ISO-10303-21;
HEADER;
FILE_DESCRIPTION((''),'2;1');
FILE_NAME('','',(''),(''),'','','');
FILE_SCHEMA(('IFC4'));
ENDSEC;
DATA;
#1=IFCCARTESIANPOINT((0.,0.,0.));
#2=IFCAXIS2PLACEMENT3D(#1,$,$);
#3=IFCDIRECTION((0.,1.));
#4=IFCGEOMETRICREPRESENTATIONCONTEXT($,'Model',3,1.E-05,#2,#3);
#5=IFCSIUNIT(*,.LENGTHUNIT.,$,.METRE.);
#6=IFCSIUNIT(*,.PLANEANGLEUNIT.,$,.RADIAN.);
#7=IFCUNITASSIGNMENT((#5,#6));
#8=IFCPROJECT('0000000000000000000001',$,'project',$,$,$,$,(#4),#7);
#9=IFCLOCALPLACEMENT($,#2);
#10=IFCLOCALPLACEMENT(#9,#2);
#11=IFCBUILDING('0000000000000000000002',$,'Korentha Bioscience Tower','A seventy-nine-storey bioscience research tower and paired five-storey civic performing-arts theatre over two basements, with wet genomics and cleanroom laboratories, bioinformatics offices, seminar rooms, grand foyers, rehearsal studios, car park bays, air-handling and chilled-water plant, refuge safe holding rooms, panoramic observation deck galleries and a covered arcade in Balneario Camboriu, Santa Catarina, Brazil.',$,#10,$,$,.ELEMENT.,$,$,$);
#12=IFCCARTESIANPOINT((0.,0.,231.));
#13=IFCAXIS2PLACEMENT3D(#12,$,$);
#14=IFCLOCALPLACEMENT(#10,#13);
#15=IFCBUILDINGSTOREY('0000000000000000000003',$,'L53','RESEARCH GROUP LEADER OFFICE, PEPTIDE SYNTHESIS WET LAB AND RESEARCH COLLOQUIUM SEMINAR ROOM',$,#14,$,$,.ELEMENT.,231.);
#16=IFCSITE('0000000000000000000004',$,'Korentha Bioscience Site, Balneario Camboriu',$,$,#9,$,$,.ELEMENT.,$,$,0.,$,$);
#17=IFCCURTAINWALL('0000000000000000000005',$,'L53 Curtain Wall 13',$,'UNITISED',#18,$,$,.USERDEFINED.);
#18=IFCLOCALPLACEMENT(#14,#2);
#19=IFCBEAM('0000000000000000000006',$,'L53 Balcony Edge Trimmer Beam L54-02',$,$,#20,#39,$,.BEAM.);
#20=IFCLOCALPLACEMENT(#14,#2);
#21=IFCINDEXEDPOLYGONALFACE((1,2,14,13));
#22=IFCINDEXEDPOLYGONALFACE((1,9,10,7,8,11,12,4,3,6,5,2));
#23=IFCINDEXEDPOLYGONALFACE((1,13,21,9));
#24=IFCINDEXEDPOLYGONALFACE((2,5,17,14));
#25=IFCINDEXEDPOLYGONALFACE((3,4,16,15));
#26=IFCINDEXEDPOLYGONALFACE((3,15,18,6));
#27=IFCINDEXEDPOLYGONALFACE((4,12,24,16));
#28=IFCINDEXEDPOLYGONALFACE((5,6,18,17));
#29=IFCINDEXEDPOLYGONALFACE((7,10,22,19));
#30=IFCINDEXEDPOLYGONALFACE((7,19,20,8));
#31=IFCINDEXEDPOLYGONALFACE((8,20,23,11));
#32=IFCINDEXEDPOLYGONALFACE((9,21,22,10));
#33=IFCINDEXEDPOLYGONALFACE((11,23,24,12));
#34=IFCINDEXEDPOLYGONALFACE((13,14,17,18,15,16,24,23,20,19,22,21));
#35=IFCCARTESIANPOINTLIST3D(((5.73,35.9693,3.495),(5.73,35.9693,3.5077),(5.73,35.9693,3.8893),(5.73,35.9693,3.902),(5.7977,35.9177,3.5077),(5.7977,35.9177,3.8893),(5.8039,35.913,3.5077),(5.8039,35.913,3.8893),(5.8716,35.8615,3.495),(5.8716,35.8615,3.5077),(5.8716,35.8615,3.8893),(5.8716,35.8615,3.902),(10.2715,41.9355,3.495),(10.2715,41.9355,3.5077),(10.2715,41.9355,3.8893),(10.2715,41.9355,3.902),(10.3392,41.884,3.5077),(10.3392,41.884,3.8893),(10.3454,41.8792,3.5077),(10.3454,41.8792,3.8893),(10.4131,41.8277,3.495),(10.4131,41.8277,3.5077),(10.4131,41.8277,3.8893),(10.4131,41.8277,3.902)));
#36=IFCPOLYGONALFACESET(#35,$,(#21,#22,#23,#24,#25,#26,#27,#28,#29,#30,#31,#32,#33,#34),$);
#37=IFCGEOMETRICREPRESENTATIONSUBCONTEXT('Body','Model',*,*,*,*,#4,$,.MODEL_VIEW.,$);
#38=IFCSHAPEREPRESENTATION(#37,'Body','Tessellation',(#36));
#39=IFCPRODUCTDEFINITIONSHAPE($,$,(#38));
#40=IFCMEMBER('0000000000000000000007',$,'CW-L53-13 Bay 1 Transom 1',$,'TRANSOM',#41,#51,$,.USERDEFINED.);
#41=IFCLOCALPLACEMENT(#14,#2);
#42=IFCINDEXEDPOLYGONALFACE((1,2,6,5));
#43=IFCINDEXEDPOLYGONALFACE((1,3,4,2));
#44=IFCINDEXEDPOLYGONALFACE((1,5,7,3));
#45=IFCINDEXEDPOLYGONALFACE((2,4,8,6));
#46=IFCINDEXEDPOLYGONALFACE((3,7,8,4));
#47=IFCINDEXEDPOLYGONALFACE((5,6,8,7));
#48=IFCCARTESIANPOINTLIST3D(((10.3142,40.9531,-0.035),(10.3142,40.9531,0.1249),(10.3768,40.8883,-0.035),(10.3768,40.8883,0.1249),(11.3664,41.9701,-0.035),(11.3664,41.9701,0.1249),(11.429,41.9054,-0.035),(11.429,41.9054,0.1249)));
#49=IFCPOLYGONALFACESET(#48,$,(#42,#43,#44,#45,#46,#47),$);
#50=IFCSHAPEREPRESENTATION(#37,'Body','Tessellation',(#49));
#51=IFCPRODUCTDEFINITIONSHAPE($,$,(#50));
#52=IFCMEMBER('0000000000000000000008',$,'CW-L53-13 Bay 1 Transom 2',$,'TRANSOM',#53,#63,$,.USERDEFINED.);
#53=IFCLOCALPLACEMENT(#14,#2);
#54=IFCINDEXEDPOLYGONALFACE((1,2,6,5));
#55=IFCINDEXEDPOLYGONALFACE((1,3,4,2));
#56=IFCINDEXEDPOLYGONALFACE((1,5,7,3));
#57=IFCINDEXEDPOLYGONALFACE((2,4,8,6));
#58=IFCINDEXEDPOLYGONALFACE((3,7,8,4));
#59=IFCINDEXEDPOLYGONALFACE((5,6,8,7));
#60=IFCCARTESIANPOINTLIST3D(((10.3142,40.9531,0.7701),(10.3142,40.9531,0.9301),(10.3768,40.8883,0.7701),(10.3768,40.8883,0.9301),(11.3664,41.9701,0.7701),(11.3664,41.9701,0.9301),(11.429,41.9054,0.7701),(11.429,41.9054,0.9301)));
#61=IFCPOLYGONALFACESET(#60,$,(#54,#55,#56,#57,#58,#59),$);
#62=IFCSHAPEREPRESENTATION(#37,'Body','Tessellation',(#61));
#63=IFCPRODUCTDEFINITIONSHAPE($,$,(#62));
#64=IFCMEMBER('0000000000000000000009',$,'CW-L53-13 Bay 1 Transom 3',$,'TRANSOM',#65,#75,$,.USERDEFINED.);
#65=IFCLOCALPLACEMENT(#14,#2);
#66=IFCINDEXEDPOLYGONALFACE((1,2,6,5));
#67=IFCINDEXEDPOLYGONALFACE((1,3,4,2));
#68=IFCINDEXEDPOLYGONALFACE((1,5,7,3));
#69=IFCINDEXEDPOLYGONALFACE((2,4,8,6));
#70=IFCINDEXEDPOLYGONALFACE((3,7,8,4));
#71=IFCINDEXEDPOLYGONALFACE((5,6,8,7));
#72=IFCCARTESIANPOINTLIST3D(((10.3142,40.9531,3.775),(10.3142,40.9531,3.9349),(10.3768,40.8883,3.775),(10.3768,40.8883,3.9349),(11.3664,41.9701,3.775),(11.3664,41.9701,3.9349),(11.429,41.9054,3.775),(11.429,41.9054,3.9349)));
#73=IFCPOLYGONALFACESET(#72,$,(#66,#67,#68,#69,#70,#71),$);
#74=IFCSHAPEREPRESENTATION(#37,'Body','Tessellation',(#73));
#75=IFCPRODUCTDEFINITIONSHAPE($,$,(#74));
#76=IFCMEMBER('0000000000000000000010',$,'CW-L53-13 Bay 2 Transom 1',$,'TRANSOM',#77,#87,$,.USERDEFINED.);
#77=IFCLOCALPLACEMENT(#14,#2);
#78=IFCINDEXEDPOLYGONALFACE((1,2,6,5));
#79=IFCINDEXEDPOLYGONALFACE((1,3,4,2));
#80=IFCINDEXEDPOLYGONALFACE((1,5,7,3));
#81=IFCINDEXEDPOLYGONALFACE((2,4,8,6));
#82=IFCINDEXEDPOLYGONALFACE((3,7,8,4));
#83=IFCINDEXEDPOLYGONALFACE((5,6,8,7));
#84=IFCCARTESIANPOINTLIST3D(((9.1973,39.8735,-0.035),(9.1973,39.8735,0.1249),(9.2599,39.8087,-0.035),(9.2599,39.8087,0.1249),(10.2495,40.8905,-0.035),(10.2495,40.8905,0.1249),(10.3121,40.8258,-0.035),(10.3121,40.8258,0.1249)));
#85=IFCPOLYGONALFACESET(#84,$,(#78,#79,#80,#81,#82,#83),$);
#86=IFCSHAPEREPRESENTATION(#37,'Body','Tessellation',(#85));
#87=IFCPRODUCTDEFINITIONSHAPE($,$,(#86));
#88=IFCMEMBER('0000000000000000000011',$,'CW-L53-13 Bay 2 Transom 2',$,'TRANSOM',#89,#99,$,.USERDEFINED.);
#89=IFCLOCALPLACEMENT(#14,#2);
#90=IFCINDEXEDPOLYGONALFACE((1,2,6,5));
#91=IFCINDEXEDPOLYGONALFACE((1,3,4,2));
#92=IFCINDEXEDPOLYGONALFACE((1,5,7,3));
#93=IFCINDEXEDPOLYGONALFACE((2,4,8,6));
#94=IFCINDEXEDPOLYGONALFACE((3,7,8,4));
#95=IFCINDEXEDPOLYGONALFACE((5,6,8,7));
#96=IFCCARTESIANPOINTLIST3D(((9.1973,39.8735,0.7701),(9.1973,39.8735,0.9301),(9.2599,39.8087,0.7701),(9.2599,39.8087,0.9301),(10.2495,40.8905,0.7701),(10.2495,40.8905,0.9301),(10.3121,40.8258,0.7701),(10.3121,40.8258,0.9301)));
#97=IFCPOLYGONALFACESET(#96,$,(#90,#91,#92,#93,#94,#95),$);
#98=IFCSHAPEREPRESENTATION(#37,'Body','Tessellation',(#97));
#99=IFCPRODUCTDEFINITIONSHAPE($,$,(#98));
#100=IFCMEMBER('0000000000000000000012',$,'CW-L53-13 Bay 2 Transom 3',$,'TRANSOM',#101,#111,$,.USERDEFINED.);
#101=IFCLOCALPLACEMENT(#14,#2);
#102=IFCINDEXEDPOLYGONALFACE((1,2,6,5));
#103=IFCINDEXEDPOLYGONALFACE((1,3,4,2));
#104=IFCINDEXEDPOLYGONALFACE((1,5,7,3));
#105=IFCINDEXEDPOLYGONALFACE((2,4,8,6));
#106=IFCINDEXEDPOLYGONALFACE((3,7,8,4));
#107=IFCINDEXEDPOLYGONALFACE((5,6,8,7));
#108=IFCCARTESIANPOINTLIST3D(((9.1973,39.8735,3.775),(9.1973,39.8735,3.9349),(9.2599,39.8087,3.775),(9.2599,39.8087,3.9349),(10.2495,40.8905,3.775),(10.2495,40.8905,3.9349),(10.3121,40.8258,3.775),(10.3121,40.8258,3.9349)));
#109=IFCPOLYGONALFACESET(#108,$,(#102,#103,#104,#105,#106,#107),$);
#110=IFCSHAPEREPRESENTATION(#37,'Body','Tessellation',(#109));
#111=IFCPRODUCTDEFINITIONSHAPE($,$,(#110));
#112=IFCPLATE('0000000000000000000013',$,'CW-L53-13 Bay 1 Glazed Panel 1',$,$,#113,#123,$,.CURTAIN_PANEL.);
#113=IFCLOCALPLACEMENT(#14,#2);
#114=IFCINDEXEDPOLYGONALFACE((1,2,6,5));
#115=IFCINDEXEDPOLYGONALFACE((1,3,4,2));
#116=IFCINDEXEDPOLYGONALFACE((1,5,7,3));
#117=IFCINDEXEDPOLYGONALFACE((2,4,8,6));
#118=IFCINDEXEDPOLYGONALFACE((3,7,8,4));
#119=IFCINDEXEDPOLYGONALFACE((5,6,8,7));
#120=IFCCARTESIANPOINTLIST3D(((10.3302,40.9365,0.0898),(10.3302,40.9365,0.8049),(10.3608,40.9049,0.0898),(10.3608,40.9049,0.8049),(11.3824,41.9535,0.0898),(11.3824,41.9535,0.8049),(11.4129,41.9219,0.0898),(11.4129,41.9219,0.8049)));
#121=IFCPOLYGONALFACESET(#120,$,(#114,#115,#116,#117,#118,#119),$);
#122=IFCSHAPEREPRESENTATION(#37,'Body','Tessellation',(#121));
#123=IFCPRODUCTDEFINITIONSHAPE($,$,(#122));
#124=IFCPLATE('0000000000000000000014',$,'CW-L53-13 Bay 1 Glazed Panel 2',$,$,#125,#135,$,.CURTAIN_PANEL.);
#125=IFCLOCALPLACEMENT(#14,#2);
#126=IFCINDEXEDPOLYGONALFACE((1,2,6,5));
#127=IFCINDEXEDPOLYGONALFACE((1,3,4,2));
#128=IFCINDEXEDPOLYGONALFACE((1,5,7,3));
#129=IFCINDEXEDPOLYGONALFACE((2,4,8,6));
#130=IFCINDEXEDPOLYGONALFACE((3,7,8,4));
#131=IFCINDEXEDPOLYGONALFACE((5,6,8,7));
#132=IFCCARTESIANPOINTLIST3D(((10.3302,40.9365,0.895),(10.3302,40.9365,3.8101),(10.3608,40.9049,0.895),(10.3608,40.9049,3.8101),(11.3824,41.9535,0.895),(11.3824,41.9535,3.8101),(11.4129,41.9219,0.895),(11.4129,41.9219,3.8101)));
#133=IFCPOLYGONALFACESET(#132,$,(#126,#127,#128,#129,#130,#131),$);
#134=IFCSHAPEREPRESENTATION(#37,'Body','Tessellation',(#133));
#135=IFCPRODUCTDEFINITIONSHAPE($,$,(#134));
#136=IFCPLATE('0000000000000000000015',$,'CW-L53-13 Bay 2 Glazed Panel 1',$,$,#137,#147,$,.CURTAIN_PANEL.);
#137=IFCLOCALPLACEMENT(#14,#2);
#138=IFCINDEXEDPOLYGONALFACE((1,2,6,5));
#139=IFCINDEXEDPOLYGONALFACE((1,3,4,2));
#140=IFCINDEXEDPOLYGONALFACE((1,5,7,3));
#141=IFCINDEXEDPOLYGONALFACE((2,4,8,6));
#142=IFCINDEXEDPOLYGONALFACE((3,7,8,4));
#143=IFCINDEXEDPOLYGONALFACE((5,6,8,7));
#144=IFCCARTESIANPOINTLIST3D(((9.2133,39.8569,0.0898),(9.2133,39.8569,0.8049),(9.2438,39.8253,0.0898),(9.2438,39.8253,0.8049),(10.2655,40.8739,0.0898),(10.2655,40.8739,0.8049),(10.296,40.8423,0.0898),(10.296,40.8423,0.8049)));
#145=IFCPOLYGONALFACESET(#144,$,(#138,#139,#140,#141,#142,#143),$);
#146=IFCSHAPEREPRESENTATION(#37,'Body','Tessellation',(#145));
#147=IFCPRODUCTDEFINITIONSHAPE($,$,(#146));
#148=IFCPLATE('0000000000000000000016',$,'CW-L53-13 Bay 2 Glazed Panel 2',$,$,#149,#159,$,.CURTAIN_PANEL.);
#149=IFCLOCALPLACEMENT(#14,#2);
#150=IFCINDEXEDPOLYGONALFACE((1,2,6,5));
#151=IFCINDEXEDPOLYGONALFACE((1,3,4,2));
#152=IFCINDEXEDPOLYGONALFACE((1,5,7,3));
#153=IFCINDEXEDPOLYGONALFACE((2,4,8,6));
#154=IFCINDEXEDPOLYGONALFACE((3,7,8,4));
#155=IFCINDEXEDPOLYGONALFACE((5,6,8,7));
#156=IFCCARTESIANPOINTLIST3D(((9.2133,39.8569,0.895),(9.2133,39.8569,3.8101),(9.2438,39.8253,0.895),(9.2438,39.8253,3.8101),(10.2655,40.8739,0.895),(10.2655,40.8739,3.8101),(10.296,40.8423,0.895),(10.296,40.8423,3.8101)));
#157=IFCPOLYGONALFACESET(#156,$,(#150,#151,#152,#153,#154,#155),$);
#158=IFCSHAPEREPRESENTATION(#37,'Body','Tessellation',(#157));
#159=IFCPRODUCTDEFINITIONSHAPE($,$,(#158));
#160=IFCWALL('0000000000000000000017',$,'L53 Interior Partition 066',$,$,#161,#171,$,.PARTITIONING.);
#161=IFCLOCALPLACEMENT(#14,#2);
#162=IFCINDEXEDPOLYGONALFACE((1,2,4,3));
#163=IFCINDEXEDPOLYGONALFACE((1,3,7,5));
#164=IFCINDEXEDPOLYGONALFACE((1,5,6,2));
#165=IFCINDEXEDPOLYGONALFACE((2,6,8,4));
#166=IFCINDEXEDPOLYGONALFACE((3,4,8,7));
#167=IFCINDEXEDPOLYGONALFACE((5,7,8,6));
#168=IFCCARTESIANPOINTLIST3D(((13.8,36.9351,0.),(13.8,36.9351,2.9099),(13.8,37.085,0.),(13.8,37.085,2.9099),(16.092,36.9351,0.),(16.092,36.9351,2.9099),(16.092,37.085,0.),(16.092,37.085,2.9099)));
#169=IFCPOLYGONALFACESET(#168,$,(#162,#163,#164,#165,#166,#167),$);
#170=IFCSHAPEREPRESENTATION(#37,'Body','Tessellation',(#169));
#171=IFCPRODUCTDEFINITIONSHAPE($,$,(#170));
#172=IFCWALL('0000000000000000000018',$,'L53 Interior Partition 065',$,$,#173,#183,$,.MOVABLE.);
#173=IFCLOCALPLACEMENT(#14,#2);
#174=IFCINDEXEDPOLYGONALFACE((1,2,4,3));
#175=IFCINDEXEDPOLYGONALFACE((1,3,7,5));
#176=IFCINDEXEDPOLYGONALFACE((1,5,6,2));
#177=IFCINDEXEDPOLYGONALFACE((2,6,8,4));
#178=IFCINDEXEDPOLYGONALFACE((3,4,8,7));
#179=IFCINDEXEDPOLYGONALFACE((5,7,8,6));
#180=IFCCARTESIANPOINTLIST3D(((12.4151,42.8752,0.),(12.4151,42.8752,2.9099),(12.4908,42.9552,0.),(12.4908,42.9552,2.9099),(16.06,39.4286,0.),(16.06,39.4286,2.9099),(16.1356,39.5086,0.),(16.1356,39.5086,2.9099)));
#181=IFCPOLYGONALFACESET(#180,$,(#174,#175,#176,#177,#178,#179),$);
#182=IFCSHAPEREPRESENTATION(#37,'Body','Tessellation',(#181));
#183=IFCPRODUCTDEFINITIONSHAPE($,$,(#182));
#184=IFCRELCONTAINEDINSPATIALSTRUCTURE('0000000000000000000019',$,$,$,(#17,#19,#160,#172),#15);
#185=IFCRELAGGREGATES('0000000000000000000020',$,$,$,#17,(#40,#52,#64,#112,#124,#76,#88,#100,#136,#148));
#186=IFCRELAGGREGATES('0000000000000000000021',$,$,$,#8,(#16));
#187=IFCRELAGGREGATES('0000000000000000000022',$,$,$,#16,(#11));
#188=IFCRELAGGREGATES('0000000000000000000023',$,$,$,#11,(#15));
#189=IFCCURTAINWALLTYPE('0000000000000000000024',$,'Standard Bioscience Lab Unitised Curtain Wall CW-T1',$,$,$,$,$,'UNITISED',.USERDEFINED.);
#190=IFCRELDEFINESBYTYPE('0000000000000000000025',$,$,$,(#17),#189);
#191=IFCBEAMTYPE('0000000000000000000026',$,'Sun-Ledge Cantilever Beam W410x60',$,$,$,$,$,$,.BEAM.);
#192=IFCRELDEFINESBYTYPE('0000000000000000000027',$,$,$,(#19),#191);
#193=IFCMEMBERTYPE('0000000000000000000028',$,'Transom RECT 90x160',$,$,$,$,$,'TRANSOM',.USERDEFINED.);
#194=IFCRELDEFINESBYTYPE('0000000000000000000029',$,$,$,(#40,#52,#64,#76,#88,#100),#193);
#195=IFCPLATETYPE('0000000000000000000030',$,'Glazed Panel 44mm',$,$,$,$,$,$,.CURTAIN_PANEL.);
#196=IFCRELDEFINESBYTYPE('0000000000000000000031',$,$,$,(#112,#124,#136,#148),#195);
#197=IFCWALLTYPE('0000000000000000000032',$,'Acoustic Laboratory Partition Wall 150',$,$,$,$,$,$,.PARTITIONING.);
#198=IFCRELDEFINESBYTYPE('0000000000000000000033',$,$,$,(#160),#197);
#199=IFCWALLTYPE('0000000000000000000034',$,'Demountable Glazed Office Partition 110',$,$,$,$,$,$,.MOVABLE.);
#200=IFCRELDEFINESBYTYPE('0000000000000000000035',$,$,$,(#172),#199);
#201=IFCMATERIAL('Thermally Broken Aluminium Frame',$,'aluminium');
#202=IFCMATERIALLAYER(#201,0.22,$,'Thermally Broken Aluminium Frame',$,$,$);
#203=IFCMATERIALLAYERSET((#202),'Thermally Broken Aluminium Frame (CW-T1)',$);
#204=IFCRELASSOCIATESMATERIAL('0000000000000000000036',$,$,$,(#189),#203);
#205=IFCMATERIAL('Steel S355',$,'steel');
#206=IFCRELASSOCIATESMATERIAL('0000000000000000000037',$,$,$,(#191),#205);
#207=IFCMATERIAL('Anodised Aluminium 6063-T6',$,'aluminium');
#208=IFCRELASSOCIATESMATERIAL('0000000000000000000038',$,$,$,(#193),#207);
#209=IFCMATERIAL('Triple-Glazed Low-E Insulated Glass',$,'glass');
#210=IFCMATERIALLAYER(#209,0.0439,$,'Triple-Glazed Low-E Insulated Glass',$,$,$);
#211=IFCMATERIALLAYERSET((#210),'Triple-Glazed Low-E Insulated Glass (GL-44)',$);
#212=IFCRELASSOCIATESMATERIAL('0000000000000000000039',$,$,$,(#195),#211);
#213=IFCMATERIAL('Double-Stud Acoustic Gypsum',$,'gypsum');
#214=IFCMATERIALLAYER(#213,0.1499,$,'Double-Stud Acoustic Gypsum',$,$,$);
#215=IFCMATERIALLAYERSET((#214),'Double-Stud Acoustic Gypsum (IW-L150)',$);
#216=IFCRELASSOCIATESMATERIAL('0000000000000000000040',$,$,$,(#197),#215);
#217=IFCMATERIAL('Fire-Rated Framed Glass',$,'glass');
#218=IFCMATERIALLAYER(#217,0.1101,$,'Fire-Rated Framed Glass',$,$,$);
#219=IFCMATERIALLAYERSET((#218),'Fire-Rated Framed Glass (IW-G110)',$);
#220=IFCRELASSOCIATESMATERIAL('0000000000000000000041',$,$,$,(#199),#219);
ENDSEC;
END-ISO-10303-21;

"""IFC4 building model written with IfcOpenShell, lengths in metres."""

from ifc_helpers import new_model, si_unit, direction, frame, frame_2d, origin, origin_2d, place, context, subcontext, project, spatial, rectangle, i_section, extrude, material, layer, layer_set, material_profile, profile_set, type_object, element, aggregate, save


model = new_model("IFC4")

# Units and contexts
model_context = context("Model", 3, precision=1e-05, world=origin(), true_north=direction((0.0, 1.0)))
body_context = subcontext(model_context, "Body", "Model", "MODEL_VIEW")
ifc_project = project(units=[si_unit("LENGTHUNIT", "METRE"), si_unit("PLANEANGLEUNIT", "RADIAN")], contexts=[model_context])

# Site, building, storey
site_placement = place(None, origin())
site = spatial("IfcSite", under=ifc_project, at=site_placement, Name="Korentha Bioscience Site, Balneario Camboriu", CompositionType="ELEMENT", RefElevation=0.0)
building_placement = place(site_placement, origin())
building = spatial("IfcBuilding", under=site, at=building_placement, Name="Korentha Bioscience Tower", Description="A seventy-nine-storey bioscience research tower and paired five-storey civic performing-arts theatre over two basements, with wet genomics and cleanroom laboratories, bioinformatics offices, seminar rooms, grand foyers, rehearsal studios, car park bays, air-handling and chilled-water plant, refuge safe holding rooms, panoramic observation deck galleries and a covered arcade in Balneario Camboriu, Santa Catarina, Brazil.", CompositionType="ELEMENT")
storey_placement = place(building_placement, frame((0.0, 0.0, 231.0)))
storey = spatial("IfcBuildingStorey", under=building, at=storey_placement, Name="L53", Description="RESEARCH GROUP LEADER OFFICE, PEPTIDE SYNTHESIS WET LAB AND RESEARCH COLLOQUIUM SEMINAR ROOM", CompositionType="ELEMENT", Elevation=231.0)

# Curtain wall
ifc_material_1 = material(Name="Thermally Broken Aluminium Frame", Category="aluminium")
ifc_layer_1 = layer(ifc_material_1, 0.22, Name="Thermally Broken Aluminium Frame")
ifc_layer_set_1 = layer_set([ifc_layer_1], Name="Thermally Broken Aluminium Frame (CW-T1)")
curtain_wall_type = type_object("IfcCurtainWallType", Name="Standard Bioscience Lab Unitised Curtain Wall CW-T1", ElementType="UNITISED", PredefinedType="USERDEFINED", material=ifc_layer_set_1)
curtain_wall_placement = place(storey_placement, origin())
curtain_wall = element("IfcCurtainWall", 1, at=curtain_wall_placement, inside=storey, type_object=curtain_wall_type, Name="L53 Curtain Wall 13", ObjectType="UNITISED", PredefinedType="USERDEFINED")
ifc_material_2 = material(Name="Anodised Aluminium 6063-T6", Category="aluminium")

# Beam
ifc_material_3 = material(Name="Steel S355", Category="steel")
ifc_material_profile_1 = material_profile(ifc_material_3, i_section(OverallWidth=0.178, OverallDepth=0.407, WebThickness=0.0078, FlangeThickness=0.0127, at=origin_2d()), Name="Steel S355")
ifc_profile_set_1 = profile_set([ifc_material_profile_1], Name="Steel S355 (CB-410)")
beam_type_1 = type_object("IfcBeamType", Name="Sun-Ledge Cantilever Beam W410x60", PredefinedType="BEAM", material=ifc_profile_set_1)
beam_1_placement = place(storey_placement, frame((10.3423, 41.8816, 3.6985), z_axis=(-0.605684, -0.795705, 0.0), x_axis=(0.795705, -0.605684, 0.0)))
element("IfcBeam", 2, at=beam_1_placement, inside=storey, type_object=beam_type_1, Name="L53 Balcony Edge Trimmer Beam L54-02", PredefinedType="BEAM", context=body_context, shape_type="SweptSolid", body=[
    extrude(i_section(OverallWidth=0.178, OverallDepth=0.407, WebThickness=0.0078, FlangeThickness=0.0127, at=origin_2d()), origin(), (0.0, 0.0, 1.0), 7.498),
])

# Members
ifc_material_profile_2 = material_profile(ifc_material_2, rectangle(XDim=0.0901, YDim=0.1599, at=origin_2d()), Name="Anodised Aluminium 6063-T6")
ifc_profile_set_2 = profile_set([ifc_material_profile_2], Name="Anodised Aluminium 6063-T6 (CW-TRN)")
member_type_1 = type_object("IfcMemberType", Name="Transom RECT 90x160", ElementType="TRANSOM", PredefinedType="USERDEFINED", material=ifc_profile_set_2)
member_1_placement = place(storey_placement, frame((11.3977, 41.9377, 0.0449), z_axis=(-0.719016, -0.694993, 0.0), x_axis=(0.694993, -0.719016, 0.0)))
member_1 = element("IfcMember", 3, at=member_1_placement, type_object=member_type_1, Name="CW-L53-13 Bay 1 Transom 1", ObjectType="TRANSOM", PredefinedType="USERDEFINED", context=body_context, shape_type="SweptSolid", body=[
    extrude(rectangle(XDim=0.0901, YDim=0.1599, at=origin_2d()), origin(), (0.0, 0.0, 1.0), 1.4634),
])
member_2_placement = place(storey_placement, frame((11.3977, 41.9377, 0.8501), z_axis=(-0.719016, -0.694993, 0.0), x_axis=(0.694993, -0.719016, 0.0)))
member_2 = element("IfcMember", 4, at=member_2_placement, type_object=member_type_1, Name="CW-L53-13 Bay 1 Transom 2", ObjectType="TRANSOM", PredefinedType="USERDEFINED", context=body_context, shape_type="SweptSolid", body=[
    extrude(rectangle(XDim=0.0901, YDim=0.1599, at=origin_2d()), origin(), (0.0, 0.0, 1.0), 1.4634),
])
member_3_placement = place(storey_placement, frame((11.3977, 41.9377, 3.855), z_axis=(-0.719016, -0.694993, 0.0), x_axis=(0.694993, -0.719016, 0.0)))
member_3 = element("IfcMember", 5, at=member_3_placement, type_object=member_type_1, Name="CW-L53-13 Bay 1 Transom 3", ObjectType="TRANSOM", PredefinedType="USERDEFINED", context=body_context, shape_type="SweptSolid", body=[
    extrude(rectangle(XDim=0.0901, YDim=0.1599, at=origin_2d()), origin(), (0.0, 0.0, 1.0), 1.4634),
])
member_4_placement = place(storey_placement, frame((10.2808, 40.8582, 0.0449), z_axis=(-0.719016, -0.694993, 0.0), x_axis=(0.694993, -0.719016, 0.0)))
member_4 = element("IfcMember", 6, at=member_4_placement, type_object=member_type_1, Name="CW-L53-13 Bay 2 Transom 1", ObjectType="TRANSOM", PredefinedType="USERDEFINED", context=body_context, shape_type="SweptSolid", body=[
    extrude(rectangle(XDim=0.0901, YDim=0.1599, at=origin_2d()), origin(), (0.0, 0.0, 1.0), 1.4634),
])
member_5_placement = place(storey_placement, frame((10.2808, 40.8582, 0.8501), z_axis=(-0.719016, -0.694993, 0.0), x_axis=(0.694993, -0.719016, 0.0)))
member_5 = element("IfcMember", 7, at=member_5_placement, type_object=member_type_1, Name="CW-L53-13 Bay 2 Transom 2", ObjectType="TRANSOM", PredefinedType="USERDEFINED", context=body_context, shape_type="SweptSolid", body=[
    extrude(rectangle(XDim=0.0901, YDim=0.1599, at=origin_2d()), origin(), (0.0, 0.0, 1.0), 1.4634),
])
member_6_placement = place(storey_placement, frame((10.2808, 40.8582, 3.855), z_axis=(-0.719016, -0.694993, 0.0), x_axis=(0.694993, -0.719016, 0.0)))
member_6 = element("IfcMember", 8, at=member_6_placement, type_object=member_type_1, Name="CW-L53-13 Bay 2 Transom 3", ObjectType="TRANSOM", PredefinedType="USERDEFINED", context=body_context, shape_type="SweptSolid", body=[
    extrude(rectangle(XDim=0.0901, YDim=0.1599, at=origin_2d()), origin(), (0.0, 0.0, 1.0), 1.4634),
])

# Plates
ifc_material_4 = material(Name="Triple-Glazed Low-E Insulated Glass", Category="glass")
ifc_layer_2 = layer(ifc_material_4, 0.0439, Name="Triple-Glazed Low-E Insulated Glass")
ifc_layer_set_2 = layer_set([ifc_layer_2], Name="Triple-Glazed Low-E Insulated Glass (GL-44)")
plate_type = type_object("IfcPlateType", Name="Glazed Panel 44mm", PredefinedType="CURTAIN_PANEL", material=ifc_layer_set_2)
plate_1_placement = place(storey_placement, frame((10.8716, 41.4292, 0.0898), z_axis=(0.0, 0.0, 1.0), x_axis=(-0.719, -0.69501, 0.0)))
plate_1 = element("IfcPlate", 9, at=plate_1_placement, type_object=plate_type, Name="CW-L53-13 Bay 1 Glazed Panel 1", PredefinedType="CURTAIN_PANEL", context=body_context, shape_type="SweptSolid", body=[
    extrude(rectangle(XDim=1.4634, YDim=0.0439, at=origin_2d()), origin(), (0.0, 0.0, 1.0), 0.7151),
])
plate_2_placement = place(storey_placement, frame((10.8716, 41.4292, 0.895), z_axis=(0.0, 0.0, 1.0), x_axis=(-0.719, -0.69501, 0.0)))
plate_2 = element("IfcPlate", 10, at=plate_2_placement, type_object=plate_type, Name="CW-L53-13 Bay 1 Glazed Panel 2", PredefinedType="CURTAIN_PANEL", context=body_context, shape_type="SweptSolid", body=[
    extrude(rectangle(XDim=1.4634, YDim=0.0439, at=origin_2d()), origin(), (0.0, 0.0, 1.0), 2.915),
])
plate_3_placement = place(storey_placement, frame((9.7546, 40.3496, 0.0898), z_axis=(0.0, 0.0, 1.0), x_axis=(-0.719, -0.69501, 0.0)))
plate_3 = element("IfcPlate", 11, at=plate_3_placement, type_object=plate_type, Name="CW-L53-13 Bay 2 Glazed Panel 1", PredefinedType="CURTAIN_PANEL", context=body_context, shape_type="SweptSolid", body=[
    extrude(rectangle(XDim=1.4634, YDim=0.0439, at=origin_2d()), origin(), (0.0, 0.0, 1.0), 0.7151),
])
plate_4_placement = place(storey_placement, frame((9.7546, 40.3496, 0.895), z_axis=(0.0, 0.0, 1.0), x_axis=(-0.719, -0.69501, 0.0)))
plate_4 = element("IfcPlate", 12, at=plate_4_placement, type_object=plate_type, Name="CW-L53-13 Bay 2 Glazed Panel 2", PredefinedType="CURTAIN_PANEL", context=body_context, shape_type="SweptSolid", body=[
    extrude(rectangle(XDim=1.4634, YDim=0.0439, at=origin_2d()), origin(), (0.0, 0.0, 1.0), 2.915),
])
aggregate(curtain_wall, [member_1, member_2, member_3, plate_1, plate_2, member_4, member_5, member_6, plate_3, plate_4])

# Shared definitions
ifc_material_5 = material(Name="Double-Stud Acoustic Gypsum", Category="gypsum")
ifc_layer_3 = layer(ifc_material_5, 0.1499, Name="Double-Stud Acoustic Gypsum")
ifc_layer_set_3 = layer_set([ifc_layer_3], Name="Double-Stud Acoustic Gypsum (IW-L150)")
wall_type_1 = type_object("IfcWallType", Name="Acoustic Laboratory Partition Wall 150", PredefinedType="PARTITIONING", material=ifc_layer_set_3)

# Walls
wall_1_placement = place(storey_placement, frame((16.092, 37.01, 0.0), z_axis=(0.0, 0.0, 1.0), x_axis=(-1.0, 0.0, 0.0)))
element("IfcWall", 13, at=wall_1_placement, inside=storey, type_object=wall_type_1, Name="L53 Interior Partition 066", PredefinedType="PARTITIONING", context=body_context, shape_type="SweptSolid", body=[
    extrude(rectangle(XDim=2.292, YDim=0.1499, at=frame_2d((1.146, 0.0))), origin(), (0.0, 0.0, 1.0), 2.9099),
])
ifc_material_6 = material(Name="Fire-Rated Framed Glass", Category="glass")
ifc_layer_4 = layer(ifc_material_6, 0.1101, Name="Fire-Rated Framed Glass")
ifc_layer_set_4 = layer_set([ifc_layer_4], Name="Fire-Rated Framed Glass (IW-G110)")
wall_type_2 = type_object("IfcWallType", Name="Demountable Glazed Office Partition 110", PredefinedType="MOVABLE", material=ifc_layer_set_4)
wall_2_placement = place(storey_placement, frame((16.0979, 39.4685, 0.0), z_axis=(0.0, 0.0, 1.0), x_axis=(-0.726591, 0.687071, 0.0)))
element("IfcWall", 14, at=wall_2_placement, inside=storey, type_object=wall_type_2, Name="L53 Interior Partition 065", PredefinedType="MOVABLE", context=body_context, shape_type="SweptSolid", body=[
    extrude(rectangle(XDim=5.0164, YDim=0.1101, at=frame_2d((2.5083, 0.0))), origin(), (0.0, 0.0, 1.0), 2.9099),
])

save(model, "model.ifc")
